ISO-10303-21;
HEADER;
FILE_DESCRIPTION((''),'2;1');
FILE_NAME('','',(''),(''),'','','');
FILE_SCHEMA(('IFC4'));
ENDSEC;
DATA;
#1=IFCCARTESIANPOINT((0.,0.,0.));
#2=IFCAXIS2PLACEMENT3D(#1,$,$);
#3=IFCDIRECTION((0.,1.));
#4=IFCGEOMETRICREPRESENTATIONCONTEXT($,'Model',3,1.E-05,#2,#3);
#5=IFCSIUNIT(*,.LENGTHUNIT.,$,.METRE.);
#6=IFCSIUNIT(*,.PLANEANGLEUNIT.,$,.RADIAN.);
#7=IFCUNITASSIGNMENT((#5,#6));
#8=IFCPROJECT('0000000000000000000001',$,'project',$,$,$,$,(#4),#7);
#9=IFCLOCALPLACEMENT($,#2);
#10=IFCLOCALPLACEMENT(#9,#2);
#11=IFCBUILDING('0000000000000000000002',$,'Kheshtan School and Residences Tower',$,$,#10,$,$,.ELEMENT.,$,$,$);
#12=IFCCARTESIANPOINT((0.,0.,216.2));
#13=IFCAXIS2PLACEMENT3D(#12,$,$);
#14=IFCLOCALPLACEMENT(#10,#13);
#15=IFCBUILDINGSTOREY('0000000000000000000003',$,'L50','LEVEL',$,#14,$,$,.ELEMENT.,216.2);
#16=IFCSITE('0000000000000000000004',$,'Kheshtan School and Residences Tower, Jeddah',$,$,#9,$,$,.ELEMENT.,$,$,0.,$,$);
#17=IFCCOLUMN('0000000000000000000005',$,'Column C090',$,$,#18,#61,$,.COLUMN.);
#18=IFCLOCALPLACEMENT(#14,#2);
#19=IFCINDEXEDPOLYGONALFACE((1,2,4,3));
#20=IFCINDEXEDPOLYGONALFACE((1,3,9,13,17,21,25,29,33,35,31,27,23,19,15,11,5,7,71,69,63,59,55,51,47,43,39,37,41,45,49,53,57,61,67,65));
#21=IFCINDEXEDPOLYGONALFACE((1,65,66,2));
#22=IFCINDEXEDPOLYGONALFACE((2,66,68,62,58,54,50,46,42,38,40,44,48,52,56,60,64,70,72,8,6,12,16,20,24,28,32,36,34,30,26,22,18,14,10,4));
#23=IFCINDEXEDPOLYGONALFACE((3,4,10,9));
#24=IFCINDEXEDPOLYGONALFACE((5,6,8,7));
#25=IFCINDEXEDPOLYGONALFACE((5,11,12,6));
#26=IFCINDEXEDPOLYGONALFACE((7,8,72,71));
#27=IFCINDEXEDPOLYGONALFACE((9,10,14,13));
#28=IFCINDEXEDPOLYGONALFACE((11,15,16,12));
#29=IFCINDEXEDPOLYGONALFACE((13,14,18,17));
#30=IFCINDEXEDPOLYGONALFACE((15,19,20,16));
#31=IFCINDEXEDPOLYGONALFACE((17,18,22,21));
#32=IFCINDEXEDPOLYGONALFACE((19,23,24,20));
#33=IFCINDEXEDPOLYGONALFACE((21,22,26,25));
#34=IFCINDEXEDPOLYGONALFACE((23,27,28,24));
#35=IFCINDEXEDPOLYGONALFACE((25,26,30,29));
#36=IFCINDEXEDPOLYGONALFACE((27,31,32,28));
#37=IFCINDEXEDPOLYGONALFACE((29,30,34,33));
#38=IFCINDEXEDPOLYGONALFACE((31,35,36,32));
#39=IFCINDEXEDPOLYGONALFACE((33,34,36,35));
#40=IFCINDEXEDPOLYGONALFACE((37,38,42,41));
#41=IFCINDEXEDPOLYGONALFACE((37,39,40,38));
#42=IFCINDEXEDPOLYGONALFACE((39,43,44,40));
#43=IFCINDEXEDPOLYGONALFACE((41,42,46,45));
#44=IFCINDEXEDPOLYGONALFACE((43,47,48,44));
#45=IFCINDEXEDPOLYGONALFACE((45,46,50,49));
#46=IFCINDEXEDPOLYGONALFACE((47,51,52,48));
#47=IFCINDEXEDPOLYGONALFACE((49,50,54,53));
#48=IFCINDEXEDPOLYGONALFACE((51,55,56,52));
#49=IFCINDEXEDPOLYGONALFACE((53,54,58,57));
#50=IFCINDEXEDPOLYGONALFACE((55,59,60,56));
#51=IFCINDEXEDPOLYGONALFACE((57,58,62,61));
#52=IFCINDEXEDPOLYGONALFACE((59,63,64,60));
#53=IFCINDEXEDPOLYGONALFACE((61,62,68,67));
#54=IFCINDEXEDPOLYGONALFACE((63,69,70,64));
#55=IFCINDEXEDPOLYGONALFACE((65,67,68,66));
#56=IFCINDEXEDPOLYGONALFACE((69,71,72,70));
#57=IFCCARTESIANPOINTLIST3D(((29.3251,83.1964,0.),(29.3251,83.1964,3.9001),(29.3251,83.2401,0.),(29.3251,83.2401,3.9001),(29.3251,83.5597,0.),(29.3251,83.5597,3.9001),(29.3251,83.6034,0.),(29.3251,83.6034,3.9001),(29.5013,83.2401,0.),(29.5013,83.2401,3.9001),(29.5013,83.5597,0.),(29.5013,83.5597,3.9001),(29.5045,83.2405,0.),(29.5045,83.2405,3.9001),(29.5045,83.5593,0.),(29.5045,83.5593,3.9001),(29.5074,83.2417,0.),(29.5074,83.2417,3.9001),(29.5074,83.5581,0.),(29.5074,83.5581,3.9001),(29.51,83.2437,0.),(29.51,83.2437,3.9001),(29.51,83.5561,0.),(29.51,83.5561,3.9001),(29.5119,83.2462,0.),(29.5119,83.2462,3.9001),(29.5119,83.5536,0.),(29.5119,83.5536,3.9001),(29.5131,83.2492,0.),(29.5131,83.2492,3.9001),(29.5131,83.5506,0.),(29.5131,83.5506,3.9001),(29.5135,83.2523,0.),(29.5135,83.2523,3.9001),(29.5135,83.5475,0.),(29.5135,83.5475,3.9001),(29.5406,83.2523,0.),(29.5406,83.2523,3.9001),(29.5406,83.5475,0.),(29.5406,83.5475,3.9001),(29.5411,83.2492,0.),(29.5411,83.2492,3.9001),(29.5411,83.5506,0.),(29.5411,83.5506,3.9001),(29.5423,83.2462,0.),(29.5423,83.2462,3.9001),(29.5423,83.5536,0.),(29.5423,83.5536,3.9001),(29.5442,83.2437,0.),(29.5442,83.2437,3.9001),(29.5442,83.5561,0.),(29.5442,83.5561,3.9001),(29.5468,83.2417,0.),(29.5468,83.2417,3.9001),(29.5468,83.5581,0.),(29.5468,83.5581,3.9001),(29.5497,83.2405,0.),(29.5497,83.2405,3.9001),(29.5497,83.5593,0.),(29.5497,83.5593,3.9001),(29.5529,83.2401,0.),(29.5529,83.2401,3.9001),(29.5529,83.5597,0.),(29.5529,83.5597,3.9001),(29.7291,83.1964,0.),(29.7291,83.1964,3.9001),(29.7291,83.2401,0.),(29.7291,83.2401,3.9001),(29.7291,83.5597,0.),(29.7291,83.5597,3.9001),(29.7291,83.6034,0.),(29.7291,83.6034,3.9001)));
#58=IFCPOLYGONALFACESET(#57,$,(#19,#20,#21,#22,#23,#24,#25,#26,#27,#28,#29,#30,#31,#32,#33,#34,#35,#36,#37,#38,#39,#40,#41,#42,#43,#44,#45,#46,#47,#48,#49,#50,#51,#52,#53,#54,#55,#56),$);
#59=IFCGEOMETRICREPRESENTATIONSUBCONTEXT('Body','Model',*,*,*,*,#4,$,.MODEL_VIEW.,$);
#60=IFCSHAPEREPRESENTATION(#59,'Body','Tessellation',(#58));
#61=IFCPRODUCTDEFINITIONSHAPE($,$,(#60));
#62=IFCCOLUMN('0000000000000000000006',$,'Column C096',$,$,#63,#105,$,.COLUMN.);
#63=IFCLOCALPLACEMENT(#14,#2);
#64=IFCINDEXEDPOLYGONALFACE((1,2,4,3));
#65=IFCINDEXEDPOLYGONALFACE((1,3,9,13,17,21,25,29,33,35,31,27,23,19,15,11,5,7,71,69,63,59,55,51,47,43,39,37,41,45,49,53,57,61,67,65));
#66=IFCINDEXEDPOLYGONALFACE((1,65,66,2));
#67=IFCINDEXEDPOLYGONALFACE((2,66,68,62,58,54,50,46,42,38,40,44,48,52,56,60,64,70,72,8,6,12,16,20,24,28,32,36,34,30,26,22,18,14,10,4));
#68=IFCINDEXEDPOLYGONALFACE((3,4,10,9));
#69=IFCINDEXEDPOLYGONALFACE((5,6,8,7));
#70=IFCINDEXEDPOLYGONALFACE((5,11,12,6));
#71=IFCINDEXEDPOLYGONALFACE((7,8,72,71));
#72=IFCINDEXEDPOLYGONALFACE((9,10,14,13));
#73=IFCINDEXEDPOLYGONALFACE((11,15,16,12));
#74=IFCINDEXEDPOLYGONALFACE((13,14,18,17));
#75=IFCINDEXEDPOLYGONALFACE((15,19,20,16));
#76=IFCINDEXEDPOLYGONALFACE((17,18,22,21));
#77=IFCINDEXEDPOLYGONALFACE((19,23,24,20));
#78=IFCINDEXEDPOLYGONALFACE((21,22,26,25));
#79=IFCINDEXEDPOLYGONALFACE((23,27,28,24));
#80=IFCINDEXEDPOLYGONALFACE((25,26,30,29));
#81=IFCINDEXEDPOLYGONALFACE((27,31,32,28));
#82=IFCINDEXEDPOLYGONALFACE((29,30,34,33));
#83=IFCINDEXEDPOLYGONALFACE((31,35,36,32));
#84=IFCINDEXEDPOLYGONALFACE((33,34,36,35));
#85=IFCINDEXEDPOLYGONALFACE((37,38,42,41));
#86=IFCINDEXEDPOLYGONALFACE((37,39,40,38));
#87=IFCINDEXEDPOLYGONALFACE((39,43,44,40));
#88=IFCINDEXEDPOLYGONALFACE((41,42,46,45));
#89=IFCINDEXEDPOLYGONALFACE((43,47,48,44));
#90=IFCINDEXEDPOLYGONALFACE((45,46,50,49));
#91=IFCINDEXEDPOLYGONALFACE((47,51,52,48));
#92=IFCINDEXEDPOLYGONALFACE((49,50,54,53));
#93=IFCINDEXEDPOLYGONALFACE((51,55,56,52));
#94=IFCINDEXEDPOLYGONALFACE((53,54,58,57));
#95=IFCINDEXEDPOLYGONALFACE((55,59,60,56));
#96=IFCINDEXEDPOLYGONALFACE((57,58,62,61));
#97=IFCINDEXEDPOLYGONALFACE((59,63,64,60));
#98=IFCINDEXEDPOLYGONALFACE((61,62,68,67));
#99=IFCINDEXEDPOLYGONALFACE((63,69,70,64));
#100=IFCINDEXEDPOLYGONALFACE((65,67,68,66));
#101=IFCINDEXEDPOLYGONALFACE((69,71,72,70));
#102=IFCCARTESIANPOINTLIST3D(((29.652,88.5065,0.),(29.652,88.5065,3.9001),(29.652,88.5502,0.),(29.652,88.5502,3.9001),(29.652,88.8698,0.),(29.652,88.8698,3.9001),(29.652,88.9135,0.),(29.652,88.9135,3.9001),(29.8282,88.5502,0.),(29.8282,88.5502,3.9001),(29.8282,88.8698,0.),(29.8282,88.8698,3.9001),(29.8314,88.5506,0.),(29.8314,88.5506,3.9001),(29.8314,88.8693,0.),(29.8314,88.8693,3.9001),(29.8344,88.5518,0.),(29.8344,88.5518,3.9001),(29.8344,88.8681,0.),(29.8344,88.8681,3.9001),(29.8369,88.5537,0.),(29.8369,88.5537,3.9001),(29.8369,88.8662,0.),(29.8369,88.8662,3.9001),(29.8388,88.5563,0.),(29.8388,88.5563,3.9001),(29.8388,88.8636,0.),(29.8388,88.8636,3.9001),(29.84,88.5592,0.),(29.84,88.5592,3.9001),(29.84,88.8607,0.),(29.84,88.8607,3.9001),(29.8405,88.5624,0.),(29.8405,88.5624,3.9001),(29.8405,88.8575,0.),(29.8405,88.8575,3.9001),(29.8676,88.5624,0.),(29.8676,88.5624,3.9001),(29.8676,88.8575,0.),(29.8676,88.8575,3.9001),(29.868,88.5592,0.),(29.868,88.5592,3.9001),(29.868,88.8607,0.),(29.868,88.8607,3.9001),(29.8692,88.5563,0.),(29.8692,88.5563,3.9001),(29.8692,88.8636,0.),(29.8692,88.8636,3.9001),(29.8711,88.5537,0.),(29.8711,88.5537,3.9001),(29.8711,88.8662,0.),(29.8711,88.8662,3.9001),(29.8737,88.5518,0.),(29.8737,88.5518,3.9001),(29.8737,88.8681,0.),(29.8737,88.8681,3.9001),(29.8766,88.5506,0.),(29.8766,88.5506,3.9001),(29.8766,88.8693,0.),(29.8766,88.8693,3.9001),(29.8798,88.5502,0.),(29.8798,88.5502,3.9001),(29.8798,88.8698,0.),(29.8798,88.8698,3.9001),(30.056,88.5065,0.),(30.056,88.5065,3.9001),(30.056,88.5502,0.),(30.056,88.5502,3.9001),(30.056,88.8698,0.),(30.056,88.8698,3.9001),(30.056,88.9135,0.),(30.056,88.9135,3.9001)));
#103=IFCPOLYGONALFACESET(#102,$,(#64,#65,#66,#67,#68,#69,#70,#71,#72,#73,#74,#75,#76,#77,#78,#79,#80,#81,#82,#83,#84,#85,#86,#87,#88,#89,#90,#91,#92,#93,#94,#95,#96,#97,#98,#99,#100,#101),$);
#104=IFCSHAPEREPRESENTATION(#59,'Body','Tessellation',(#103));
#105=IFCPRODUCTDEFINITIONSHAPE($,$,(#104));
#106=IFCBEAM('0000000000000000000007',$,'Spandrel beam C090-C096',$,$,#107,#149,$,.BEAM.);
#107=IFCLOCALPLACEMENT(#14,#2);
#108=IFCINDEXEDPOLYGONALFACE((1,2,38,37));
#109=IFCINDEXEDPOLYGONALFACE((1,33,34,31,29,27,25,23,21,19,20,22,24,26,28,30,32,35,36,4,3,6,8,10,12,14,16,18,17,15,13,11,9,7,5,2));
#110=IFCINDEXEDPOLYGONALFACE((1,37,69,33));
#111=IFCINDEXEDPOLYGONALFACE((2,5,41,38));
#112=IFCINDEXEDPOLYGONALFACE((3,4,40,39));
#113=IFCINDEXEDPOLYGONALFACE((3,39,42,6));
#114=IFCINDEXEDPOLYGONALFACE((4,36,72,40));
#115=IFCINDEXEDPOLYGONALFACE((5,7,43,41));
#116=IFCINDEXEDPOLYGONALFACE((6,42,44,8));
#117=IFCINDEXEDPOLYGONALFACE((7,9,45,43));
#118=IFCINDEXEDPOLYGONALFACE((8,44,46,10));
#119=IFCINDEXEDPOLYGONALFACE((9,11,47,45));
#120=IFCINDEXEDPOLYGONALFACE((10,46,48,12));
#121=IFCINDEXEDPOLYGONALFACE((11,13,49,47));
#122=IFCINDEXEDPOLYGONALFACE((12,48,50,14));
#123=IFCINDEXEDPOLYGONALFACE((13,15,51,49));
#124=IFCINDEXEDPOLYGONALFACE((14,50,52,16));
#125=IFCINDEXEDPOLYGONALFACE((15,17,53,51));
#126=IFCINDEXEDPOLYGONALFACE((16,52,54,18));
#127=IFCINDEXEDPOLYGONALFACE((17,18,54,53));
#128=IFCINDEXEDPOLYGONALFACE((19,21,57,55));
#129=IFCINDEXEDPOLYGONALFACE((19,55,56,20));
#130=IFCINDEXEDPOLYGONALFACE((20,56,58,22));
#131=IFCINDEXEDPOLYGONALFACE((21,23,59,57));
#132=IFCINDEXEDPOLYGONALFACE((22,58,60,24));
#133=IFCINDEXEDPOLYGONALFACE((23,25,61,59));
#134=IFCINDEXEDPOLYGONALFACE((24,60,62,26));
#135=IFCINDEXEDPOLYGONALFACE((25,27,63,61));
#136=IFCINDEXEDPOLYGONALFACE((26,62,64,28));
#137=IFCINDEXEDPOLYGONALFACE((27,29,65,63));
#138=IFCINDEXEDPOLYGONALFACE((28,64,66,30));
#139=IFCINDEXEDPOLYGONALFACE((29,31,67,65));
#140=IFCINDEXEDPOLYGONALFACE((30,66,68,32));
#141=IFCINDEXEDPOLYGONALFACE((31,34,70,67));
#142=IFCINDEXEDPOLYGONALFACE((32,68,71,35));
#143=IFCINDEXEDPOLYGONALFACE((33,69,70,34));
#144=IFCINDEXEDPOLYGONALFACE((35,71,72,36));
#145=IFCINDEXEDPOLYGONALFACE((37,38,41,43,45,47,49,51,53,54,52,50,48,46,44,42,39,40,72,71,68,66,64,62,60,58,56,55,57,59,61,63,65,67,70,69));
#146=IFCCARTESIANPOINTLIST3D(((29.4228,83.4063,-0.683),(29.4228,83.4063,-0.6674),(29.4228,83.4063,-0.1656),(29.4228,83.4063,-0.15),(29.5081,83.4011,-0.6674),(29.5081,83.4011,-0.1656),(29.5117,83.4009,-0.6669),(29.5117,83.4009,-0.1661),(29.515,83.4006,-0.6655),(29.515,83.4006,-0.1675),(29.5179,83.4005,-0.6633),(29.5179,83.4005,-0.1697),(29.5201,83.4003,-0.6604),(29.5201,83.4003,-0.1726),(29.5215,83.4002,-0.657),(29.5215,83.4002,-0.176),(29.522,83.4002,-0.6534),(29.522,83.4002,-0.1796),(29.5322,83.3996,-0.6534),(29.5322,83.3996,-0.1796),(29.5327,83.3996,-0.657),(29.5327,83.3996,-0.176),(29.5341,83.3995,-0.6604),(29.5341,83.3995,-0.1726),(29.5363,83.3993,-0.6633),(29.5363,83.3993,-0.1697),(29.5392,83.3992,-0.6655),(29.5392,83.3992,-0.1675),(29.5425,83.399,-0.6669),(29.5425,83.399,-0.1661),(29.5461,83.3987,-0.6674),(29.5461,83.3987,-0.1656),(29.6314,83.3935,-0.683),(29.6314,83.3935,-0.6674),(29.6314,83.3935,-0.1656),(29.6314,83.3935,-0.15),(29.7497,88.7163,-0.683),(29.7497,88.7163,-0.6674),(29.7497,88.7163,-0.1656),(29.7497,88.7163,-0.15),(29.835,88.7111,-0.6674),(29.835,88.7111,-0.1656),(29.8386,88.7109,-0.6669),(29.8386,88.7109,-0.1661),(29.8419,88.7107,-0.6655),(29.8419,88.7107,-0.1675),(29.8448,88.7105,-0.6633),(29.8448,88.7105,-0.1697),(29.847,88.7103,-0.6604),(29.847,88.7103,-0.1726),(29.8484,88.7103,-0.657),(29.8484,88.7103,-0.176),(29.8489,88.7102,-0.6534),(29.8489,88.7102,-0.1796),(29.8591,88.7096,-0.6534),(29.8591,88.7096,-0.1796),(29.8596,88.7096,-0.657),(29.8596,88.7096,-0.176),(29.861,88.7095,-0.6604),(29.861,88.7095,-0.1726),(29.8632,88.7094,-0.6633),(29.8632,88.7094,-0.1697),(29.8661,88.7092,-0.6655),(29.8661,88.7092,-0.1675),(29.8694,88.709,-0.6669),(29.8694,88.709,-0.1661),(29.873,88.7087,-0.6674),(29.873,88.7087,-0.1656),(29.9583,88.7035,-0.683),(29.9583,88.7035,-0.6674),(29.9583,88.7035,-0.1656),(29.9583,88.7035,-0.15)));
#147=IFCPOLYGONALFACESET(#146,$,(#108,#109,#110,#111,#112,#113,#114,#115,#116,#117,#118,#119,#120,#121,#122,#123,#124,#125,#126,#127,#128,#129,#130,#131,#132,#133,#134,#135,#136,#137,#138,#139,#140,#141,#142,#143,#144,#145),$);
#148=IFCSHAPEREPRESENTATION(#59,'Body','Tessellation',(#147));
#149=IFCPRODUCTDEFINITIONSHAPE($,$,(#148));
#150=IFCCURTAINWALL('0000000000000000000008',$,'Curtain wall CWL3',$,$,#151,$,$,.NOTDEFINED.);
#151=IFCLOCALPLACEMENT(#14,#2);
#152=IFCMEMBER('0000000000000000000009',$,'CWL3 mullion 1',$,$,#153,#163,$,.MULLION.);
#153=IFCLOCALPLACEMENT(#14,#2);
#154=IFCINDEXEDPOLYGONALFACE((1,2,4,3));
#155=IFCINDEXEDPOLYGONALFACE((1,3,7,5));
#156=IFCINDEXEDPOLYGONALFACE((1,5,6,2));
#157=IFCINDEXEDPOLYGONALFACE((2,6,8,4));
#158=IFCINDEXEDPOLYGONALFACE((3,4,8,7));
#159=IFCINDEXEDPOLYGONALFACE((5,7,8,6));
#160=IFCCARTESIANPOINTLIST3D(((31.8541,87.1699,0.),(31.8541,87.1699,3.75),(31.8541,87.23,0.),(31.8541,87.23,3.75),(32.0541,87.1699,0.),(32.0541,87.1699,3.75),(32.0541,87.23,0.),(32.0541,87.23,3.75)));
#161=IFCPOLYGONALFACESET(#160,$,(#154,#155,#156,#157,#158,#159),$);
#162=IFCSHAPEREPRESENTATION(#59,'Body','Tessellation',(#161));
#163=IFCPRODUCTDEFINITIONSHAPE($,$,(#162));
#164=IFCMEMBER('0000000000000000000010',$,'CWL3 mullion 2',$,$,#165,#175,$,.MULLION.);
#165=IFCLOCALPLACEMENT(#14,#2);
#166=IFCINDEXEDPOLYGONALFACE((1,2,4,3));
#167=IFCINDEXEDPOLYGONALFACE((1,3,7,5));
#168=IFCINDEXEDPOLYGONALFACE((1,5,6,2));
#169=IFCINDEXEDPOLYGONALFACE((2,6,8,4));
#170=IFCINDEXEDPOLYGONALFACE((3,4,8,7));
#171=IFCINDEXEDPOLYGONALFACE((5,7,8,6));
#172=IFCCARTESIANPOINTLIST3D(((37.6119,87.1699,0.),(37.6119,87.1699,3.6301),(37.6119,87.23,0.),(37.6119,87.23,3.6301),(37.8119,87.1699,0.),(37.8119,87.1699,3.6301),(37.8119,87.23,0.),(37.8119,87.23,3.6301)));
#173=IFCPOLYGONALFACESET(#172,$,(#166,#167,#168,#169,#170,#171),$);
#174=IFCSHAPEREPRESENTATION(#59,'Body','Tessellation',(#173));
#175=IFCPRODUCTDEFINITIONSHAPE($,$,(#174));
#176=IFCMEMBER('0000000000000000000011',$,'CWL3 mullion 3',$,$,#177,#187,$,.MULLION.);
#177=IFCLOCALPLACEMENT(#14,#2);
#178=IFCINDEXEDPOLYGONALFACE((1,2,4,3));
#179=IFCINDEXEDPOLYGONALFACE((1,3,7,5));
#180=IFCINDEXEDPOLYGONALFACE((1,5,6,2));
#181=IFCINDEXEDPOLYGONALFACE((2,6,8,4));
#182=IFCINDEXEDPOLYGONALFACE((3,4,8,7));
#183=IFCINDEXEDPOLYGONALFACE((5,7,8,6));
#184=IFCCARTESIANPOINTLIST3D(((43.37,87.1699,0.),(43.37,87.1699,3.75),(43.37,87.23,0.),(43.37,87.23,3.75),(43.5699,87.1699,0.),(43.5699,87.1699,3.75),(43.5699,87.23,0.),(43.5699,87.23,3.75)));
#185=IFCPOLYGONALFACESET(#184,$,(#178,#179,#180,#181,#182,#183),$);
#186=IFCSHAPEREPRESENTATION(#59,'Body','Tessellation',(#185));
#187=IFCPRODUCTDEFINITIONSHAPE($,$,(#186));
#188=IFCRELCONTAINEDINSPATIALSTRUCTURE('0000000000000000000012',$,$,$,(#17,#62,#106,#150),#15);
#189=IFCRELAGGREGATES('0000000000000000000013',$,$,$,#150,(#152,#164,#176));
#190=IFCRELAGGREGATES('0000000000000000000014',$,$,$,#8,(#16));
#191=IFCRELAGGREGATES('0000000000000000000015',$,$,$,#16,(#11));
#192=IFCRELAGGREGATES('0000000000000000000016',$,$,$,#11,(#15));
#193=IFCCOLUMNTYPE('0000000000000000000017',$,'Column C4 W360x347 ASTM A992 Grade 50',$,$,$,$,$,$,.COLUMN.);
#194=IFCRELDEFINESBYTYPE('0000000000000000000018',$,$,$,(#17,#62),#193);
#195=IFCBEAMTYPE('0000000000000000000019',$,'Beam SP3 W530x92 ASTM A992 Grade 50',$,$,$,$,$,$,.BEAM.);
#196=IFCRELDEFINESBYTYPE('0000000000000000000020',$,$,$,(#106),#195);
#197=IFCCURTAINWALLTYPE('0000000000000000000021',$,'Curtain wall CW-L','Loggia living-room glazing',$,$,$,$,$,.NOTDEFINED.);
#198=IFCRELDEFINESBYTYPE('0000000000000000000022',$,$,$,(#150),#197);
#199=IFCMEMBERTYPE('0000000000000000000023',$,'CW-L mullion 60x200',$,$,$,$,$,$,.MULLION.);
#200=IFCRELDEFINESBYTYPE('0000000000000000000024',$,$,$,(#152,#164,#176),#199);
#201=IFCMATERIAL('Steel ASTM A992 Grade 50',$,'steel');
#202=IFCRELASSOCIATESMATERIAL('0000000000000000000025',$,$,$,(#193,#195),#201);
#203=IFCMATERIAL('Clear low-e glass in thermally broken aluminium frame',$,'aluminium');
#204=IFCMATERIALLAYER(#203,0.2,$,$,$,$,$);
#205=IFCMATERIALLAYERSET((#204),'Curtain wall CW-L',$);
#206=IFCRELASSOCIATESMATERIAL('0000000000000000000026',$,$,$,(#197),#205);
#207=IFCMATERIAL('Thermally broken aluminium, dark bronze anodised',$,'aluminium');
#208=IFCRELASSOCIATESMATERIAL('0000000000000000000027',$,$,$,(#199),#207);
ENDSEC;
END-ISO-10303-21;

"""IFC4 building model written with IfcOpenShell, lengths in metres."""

from ifc_helpers import new_model, si_unit, direction, frame, origin, origin_2d, place, context, subcontext, project, spatial, rectangle, i_section, extrude, material, layer, layer_set, material_profile, profile_set, type_object, element, aggregate, save


model = new_model("IFC4")

# Units and contexts
model_context = context("Model", 3, precision=1e-05, world=origin(), true_north=direction((0.0, 1.0)))
body_context = subcontext(model_context, "Body", "Model", "MODEL_VIEW")
ifc_project = project(units=[si_unit("LENGTHUNIT", "METRE"), si_unit("PLANEANGLEUNIT", "RADIAN")], contexts=[model_context])

# Site, building, storey
site_placement = place(None, origin())
site = spatial("IfcSite", under=ifc_project, at=site_placement, Name="Kheshtan School and Residences Tower, Jeddah", CompositionType="ELEMENT", RefElevation=0.0)
building_placement = place(site_placement, origin())
building = spatial("IfcBuilding", under=site, at=building_placement, Name="Kheshtan School and Residences Tower", CompositionType="ELEMENT")
storey_placement = place(building_placement, frame((0.0, 0.0, 216.2)))
storey = spatial("IfcBuildingStorey", under=building, at=storey_placement, Name="L50", Description="LEVEL", CompositionType="ELEMENT", Elevation=216.2)

# Columns
ifc_material_1 = material(Name="Steel ASTM A992 Grade 50", Category="steel")
ifc_material_profile_1 = material_profile(ifc_material_1, i_section(OverallWidth=0.4041, OverallDepth=0.407, WebThickness=0.0271, FlangeThickness=0.0437, FilletRadius=0.0122, at=origin_2d()), Name="W360x347")
ifc_profile_set_1 = profile_set([ifc_material_profile_1], Name="Steel ASTM A992 Grade 50")
column_type = type_object("IfcColumnType", Name="Column C4 W360x347 ASTM A992 Grade 50", PredefinedType="COLUMN", material=ifc_profile_set_1)
for number, where, z_axis, x_axis, name in (
    (1, (29.5271, 83.3999, 0.0), (0.0, 0.0, 1.0), (1.0, 0.0, 0.0), "Column C090"),
    (2, (29.854, 88.71, 0.0), (0.0, 0.0, 1.0), (1.0, 0.0, 0.0), "Column C096"),
):
    element("IfcColumn", number, at=place(storey_placement, frame(where, z_axis=z_axis, x_axis=x_axis)), inside=storey, type_object=column_type, Name=name, PredefinedType="COLUMN", context=body_context, shape_type="SweptSolid", body=[
        extrude(i_section(OverallWidth=0.4041, OverallDepth=0.407, WebThickness=0.0271, FlangeThickness=0.0437, FilletRadius=0.0122, at=origin_2d()), origin(), (0.0, 0.0, 1.0), 3.9001),
    ])

# Beam
ifc_material_profile_2 = material_profile(ifc_material_1, i_section(OverallWidth=0.209, OverallDepth=0.533, WebThickness=0.0103, FlangeThickness=0.0156, FilletRadius=0.0139, at=origin_2d()), Name="W530x92")
ifc_profile_set_2 = profile_set([ifc_material_profile_2], Name="Steel ASTM A992 Grade 50")
beam_type_1 = type_object("IfcBeamType", Name="Beam SP3 W530x92 ASTM A992 Grade 50", PredefinedType="BEAM", material=ifc_profile_set_2)
beam_1_placement = place(storey_placement, frame((29.5271, 83.3999, -0.4165), z_axis=(0.061447, 0.99811, 0.0), x_axis=(-0.99811, 0.061447, 0.0)))
element("IfcBeam", 3, at=beam_1_placement, inside=storey, type_object=beam_type_1, Name="Spandrel beam C090-C096", PredefinedType="BEAM", context=body_context, shape_type="SweptSolid", body=[
    extrude(i_section(OverallWidth=0.209, OverallDepth=0.533, WebThickness=0.0103, FlangeThickness=0.0156, FilletRadius=0.0139, at=origin_2d()), origin(), (0.0, 0.0, 1.0), 5.3201),
])

# Curtain wall, members
ifc_material_2 = material(Name="Clear low-e glass in thermally broken aluminium frame", Category="aluminium")
ifc_layer_1 = layer(ifc_material_2, 0.2)
ifc_layer_set_1 = layer_set([ifc_layer_1], Name="Curtain wall CW-L")
curtain_wall_type = type_object("IfcCurtainWallType", Name="Curtain wall CW-L", Description="Loggia living-room glazing", PredefinedType="NOTDEFINED", material=ifc_layer_set_1)
curtain_wall_placement = place(storey_placement, origin())
curtain_wall = element("IfcCurtainWall", 4, at=curtain_wall_placement, inside=storey, type_object=curtain_wall_type, Name="Curtain wall CWL3", PredefinedType="NOTDEFINED")
ifc_material_3 = material(Name="Thermally broken aluminium, dark bronze anodised", Category="aluminium")
ifc_material_profile_3 = material_profile(ifc_material_3, rectangle(XDim=0.0601, YDim=0.2, at=origin_2d()), Name="CW-L mullion 60x200")
ifc_profile_set_3 = profile_set([ifc_material_profile_3], Name="Thermally broken aluminium, dark bronze anodised")
member_type_1 = type_object("IfcMemberType", Name="CW-L mullion 60x200", PredefinedType="MULLION", material=ifc_profile_set_3)
member_1_placement = place(storey_placement, frame((31.9541, 87.2, 0.0), z_axis=(0.0, 0.0, 1.0), x_axis=(0.0, 1.0, 0.0)))
member_1 = element("IfcMember", 5, at=member_1_placement, type_object=member_type_1, Name="CWL3 mullion 1", PredefinedType="MULLION", context=body_context, shape_type="SweptSolid", body=[
    extrude(rectangle(XDim=0.0601, YDim=0.2, at=origin_2d()), origin(), (0.0, 0.0, 1.0), 3.75),
])
member_2_placement = place(storey_placement, frame((37.7119, 87.2, 0.0), z_axis=(0.0, 0.0, 1.0), x_axis=(0.0, 1.0, 0.0)))
member_2 = element("IfcMember", 6, at=member_2_placement, type_object=member_type_1, Name="CWL3 mullion 2", PredefinedType="MULLION", context=body_context, shape_type="SweptSolid", body=[
    extrude(rectangle(XDim=0.0601, YDim=0.2, at=origin_2d()), origin(), (0.0, 0.0, 1.0), 3.6301),
])
member_3_placement = place(storey_placement, frame((43.47, 87.2, 0.0), z_axis=(0.0, 0.0, 1.0), x_axis=(0.0, 1.0, 0.0)))
member_3 = element("IfcMember", 7, at=member_3_placement, type_object=member_type_1, Name="CWL3 mullion 3", PredefinedType="MULLION", context=body_context, shape_type="SweptSolid", body=[
    extrude(rectangle(XDim=0.0601, YDim=0.2, at=origin_2d()), origin(), (0.0, 0.0, 1.0), 3.75),
])

aggregate(curtain_wall, [member_1, member_2, member_3])

save(model, "model.ifc")
